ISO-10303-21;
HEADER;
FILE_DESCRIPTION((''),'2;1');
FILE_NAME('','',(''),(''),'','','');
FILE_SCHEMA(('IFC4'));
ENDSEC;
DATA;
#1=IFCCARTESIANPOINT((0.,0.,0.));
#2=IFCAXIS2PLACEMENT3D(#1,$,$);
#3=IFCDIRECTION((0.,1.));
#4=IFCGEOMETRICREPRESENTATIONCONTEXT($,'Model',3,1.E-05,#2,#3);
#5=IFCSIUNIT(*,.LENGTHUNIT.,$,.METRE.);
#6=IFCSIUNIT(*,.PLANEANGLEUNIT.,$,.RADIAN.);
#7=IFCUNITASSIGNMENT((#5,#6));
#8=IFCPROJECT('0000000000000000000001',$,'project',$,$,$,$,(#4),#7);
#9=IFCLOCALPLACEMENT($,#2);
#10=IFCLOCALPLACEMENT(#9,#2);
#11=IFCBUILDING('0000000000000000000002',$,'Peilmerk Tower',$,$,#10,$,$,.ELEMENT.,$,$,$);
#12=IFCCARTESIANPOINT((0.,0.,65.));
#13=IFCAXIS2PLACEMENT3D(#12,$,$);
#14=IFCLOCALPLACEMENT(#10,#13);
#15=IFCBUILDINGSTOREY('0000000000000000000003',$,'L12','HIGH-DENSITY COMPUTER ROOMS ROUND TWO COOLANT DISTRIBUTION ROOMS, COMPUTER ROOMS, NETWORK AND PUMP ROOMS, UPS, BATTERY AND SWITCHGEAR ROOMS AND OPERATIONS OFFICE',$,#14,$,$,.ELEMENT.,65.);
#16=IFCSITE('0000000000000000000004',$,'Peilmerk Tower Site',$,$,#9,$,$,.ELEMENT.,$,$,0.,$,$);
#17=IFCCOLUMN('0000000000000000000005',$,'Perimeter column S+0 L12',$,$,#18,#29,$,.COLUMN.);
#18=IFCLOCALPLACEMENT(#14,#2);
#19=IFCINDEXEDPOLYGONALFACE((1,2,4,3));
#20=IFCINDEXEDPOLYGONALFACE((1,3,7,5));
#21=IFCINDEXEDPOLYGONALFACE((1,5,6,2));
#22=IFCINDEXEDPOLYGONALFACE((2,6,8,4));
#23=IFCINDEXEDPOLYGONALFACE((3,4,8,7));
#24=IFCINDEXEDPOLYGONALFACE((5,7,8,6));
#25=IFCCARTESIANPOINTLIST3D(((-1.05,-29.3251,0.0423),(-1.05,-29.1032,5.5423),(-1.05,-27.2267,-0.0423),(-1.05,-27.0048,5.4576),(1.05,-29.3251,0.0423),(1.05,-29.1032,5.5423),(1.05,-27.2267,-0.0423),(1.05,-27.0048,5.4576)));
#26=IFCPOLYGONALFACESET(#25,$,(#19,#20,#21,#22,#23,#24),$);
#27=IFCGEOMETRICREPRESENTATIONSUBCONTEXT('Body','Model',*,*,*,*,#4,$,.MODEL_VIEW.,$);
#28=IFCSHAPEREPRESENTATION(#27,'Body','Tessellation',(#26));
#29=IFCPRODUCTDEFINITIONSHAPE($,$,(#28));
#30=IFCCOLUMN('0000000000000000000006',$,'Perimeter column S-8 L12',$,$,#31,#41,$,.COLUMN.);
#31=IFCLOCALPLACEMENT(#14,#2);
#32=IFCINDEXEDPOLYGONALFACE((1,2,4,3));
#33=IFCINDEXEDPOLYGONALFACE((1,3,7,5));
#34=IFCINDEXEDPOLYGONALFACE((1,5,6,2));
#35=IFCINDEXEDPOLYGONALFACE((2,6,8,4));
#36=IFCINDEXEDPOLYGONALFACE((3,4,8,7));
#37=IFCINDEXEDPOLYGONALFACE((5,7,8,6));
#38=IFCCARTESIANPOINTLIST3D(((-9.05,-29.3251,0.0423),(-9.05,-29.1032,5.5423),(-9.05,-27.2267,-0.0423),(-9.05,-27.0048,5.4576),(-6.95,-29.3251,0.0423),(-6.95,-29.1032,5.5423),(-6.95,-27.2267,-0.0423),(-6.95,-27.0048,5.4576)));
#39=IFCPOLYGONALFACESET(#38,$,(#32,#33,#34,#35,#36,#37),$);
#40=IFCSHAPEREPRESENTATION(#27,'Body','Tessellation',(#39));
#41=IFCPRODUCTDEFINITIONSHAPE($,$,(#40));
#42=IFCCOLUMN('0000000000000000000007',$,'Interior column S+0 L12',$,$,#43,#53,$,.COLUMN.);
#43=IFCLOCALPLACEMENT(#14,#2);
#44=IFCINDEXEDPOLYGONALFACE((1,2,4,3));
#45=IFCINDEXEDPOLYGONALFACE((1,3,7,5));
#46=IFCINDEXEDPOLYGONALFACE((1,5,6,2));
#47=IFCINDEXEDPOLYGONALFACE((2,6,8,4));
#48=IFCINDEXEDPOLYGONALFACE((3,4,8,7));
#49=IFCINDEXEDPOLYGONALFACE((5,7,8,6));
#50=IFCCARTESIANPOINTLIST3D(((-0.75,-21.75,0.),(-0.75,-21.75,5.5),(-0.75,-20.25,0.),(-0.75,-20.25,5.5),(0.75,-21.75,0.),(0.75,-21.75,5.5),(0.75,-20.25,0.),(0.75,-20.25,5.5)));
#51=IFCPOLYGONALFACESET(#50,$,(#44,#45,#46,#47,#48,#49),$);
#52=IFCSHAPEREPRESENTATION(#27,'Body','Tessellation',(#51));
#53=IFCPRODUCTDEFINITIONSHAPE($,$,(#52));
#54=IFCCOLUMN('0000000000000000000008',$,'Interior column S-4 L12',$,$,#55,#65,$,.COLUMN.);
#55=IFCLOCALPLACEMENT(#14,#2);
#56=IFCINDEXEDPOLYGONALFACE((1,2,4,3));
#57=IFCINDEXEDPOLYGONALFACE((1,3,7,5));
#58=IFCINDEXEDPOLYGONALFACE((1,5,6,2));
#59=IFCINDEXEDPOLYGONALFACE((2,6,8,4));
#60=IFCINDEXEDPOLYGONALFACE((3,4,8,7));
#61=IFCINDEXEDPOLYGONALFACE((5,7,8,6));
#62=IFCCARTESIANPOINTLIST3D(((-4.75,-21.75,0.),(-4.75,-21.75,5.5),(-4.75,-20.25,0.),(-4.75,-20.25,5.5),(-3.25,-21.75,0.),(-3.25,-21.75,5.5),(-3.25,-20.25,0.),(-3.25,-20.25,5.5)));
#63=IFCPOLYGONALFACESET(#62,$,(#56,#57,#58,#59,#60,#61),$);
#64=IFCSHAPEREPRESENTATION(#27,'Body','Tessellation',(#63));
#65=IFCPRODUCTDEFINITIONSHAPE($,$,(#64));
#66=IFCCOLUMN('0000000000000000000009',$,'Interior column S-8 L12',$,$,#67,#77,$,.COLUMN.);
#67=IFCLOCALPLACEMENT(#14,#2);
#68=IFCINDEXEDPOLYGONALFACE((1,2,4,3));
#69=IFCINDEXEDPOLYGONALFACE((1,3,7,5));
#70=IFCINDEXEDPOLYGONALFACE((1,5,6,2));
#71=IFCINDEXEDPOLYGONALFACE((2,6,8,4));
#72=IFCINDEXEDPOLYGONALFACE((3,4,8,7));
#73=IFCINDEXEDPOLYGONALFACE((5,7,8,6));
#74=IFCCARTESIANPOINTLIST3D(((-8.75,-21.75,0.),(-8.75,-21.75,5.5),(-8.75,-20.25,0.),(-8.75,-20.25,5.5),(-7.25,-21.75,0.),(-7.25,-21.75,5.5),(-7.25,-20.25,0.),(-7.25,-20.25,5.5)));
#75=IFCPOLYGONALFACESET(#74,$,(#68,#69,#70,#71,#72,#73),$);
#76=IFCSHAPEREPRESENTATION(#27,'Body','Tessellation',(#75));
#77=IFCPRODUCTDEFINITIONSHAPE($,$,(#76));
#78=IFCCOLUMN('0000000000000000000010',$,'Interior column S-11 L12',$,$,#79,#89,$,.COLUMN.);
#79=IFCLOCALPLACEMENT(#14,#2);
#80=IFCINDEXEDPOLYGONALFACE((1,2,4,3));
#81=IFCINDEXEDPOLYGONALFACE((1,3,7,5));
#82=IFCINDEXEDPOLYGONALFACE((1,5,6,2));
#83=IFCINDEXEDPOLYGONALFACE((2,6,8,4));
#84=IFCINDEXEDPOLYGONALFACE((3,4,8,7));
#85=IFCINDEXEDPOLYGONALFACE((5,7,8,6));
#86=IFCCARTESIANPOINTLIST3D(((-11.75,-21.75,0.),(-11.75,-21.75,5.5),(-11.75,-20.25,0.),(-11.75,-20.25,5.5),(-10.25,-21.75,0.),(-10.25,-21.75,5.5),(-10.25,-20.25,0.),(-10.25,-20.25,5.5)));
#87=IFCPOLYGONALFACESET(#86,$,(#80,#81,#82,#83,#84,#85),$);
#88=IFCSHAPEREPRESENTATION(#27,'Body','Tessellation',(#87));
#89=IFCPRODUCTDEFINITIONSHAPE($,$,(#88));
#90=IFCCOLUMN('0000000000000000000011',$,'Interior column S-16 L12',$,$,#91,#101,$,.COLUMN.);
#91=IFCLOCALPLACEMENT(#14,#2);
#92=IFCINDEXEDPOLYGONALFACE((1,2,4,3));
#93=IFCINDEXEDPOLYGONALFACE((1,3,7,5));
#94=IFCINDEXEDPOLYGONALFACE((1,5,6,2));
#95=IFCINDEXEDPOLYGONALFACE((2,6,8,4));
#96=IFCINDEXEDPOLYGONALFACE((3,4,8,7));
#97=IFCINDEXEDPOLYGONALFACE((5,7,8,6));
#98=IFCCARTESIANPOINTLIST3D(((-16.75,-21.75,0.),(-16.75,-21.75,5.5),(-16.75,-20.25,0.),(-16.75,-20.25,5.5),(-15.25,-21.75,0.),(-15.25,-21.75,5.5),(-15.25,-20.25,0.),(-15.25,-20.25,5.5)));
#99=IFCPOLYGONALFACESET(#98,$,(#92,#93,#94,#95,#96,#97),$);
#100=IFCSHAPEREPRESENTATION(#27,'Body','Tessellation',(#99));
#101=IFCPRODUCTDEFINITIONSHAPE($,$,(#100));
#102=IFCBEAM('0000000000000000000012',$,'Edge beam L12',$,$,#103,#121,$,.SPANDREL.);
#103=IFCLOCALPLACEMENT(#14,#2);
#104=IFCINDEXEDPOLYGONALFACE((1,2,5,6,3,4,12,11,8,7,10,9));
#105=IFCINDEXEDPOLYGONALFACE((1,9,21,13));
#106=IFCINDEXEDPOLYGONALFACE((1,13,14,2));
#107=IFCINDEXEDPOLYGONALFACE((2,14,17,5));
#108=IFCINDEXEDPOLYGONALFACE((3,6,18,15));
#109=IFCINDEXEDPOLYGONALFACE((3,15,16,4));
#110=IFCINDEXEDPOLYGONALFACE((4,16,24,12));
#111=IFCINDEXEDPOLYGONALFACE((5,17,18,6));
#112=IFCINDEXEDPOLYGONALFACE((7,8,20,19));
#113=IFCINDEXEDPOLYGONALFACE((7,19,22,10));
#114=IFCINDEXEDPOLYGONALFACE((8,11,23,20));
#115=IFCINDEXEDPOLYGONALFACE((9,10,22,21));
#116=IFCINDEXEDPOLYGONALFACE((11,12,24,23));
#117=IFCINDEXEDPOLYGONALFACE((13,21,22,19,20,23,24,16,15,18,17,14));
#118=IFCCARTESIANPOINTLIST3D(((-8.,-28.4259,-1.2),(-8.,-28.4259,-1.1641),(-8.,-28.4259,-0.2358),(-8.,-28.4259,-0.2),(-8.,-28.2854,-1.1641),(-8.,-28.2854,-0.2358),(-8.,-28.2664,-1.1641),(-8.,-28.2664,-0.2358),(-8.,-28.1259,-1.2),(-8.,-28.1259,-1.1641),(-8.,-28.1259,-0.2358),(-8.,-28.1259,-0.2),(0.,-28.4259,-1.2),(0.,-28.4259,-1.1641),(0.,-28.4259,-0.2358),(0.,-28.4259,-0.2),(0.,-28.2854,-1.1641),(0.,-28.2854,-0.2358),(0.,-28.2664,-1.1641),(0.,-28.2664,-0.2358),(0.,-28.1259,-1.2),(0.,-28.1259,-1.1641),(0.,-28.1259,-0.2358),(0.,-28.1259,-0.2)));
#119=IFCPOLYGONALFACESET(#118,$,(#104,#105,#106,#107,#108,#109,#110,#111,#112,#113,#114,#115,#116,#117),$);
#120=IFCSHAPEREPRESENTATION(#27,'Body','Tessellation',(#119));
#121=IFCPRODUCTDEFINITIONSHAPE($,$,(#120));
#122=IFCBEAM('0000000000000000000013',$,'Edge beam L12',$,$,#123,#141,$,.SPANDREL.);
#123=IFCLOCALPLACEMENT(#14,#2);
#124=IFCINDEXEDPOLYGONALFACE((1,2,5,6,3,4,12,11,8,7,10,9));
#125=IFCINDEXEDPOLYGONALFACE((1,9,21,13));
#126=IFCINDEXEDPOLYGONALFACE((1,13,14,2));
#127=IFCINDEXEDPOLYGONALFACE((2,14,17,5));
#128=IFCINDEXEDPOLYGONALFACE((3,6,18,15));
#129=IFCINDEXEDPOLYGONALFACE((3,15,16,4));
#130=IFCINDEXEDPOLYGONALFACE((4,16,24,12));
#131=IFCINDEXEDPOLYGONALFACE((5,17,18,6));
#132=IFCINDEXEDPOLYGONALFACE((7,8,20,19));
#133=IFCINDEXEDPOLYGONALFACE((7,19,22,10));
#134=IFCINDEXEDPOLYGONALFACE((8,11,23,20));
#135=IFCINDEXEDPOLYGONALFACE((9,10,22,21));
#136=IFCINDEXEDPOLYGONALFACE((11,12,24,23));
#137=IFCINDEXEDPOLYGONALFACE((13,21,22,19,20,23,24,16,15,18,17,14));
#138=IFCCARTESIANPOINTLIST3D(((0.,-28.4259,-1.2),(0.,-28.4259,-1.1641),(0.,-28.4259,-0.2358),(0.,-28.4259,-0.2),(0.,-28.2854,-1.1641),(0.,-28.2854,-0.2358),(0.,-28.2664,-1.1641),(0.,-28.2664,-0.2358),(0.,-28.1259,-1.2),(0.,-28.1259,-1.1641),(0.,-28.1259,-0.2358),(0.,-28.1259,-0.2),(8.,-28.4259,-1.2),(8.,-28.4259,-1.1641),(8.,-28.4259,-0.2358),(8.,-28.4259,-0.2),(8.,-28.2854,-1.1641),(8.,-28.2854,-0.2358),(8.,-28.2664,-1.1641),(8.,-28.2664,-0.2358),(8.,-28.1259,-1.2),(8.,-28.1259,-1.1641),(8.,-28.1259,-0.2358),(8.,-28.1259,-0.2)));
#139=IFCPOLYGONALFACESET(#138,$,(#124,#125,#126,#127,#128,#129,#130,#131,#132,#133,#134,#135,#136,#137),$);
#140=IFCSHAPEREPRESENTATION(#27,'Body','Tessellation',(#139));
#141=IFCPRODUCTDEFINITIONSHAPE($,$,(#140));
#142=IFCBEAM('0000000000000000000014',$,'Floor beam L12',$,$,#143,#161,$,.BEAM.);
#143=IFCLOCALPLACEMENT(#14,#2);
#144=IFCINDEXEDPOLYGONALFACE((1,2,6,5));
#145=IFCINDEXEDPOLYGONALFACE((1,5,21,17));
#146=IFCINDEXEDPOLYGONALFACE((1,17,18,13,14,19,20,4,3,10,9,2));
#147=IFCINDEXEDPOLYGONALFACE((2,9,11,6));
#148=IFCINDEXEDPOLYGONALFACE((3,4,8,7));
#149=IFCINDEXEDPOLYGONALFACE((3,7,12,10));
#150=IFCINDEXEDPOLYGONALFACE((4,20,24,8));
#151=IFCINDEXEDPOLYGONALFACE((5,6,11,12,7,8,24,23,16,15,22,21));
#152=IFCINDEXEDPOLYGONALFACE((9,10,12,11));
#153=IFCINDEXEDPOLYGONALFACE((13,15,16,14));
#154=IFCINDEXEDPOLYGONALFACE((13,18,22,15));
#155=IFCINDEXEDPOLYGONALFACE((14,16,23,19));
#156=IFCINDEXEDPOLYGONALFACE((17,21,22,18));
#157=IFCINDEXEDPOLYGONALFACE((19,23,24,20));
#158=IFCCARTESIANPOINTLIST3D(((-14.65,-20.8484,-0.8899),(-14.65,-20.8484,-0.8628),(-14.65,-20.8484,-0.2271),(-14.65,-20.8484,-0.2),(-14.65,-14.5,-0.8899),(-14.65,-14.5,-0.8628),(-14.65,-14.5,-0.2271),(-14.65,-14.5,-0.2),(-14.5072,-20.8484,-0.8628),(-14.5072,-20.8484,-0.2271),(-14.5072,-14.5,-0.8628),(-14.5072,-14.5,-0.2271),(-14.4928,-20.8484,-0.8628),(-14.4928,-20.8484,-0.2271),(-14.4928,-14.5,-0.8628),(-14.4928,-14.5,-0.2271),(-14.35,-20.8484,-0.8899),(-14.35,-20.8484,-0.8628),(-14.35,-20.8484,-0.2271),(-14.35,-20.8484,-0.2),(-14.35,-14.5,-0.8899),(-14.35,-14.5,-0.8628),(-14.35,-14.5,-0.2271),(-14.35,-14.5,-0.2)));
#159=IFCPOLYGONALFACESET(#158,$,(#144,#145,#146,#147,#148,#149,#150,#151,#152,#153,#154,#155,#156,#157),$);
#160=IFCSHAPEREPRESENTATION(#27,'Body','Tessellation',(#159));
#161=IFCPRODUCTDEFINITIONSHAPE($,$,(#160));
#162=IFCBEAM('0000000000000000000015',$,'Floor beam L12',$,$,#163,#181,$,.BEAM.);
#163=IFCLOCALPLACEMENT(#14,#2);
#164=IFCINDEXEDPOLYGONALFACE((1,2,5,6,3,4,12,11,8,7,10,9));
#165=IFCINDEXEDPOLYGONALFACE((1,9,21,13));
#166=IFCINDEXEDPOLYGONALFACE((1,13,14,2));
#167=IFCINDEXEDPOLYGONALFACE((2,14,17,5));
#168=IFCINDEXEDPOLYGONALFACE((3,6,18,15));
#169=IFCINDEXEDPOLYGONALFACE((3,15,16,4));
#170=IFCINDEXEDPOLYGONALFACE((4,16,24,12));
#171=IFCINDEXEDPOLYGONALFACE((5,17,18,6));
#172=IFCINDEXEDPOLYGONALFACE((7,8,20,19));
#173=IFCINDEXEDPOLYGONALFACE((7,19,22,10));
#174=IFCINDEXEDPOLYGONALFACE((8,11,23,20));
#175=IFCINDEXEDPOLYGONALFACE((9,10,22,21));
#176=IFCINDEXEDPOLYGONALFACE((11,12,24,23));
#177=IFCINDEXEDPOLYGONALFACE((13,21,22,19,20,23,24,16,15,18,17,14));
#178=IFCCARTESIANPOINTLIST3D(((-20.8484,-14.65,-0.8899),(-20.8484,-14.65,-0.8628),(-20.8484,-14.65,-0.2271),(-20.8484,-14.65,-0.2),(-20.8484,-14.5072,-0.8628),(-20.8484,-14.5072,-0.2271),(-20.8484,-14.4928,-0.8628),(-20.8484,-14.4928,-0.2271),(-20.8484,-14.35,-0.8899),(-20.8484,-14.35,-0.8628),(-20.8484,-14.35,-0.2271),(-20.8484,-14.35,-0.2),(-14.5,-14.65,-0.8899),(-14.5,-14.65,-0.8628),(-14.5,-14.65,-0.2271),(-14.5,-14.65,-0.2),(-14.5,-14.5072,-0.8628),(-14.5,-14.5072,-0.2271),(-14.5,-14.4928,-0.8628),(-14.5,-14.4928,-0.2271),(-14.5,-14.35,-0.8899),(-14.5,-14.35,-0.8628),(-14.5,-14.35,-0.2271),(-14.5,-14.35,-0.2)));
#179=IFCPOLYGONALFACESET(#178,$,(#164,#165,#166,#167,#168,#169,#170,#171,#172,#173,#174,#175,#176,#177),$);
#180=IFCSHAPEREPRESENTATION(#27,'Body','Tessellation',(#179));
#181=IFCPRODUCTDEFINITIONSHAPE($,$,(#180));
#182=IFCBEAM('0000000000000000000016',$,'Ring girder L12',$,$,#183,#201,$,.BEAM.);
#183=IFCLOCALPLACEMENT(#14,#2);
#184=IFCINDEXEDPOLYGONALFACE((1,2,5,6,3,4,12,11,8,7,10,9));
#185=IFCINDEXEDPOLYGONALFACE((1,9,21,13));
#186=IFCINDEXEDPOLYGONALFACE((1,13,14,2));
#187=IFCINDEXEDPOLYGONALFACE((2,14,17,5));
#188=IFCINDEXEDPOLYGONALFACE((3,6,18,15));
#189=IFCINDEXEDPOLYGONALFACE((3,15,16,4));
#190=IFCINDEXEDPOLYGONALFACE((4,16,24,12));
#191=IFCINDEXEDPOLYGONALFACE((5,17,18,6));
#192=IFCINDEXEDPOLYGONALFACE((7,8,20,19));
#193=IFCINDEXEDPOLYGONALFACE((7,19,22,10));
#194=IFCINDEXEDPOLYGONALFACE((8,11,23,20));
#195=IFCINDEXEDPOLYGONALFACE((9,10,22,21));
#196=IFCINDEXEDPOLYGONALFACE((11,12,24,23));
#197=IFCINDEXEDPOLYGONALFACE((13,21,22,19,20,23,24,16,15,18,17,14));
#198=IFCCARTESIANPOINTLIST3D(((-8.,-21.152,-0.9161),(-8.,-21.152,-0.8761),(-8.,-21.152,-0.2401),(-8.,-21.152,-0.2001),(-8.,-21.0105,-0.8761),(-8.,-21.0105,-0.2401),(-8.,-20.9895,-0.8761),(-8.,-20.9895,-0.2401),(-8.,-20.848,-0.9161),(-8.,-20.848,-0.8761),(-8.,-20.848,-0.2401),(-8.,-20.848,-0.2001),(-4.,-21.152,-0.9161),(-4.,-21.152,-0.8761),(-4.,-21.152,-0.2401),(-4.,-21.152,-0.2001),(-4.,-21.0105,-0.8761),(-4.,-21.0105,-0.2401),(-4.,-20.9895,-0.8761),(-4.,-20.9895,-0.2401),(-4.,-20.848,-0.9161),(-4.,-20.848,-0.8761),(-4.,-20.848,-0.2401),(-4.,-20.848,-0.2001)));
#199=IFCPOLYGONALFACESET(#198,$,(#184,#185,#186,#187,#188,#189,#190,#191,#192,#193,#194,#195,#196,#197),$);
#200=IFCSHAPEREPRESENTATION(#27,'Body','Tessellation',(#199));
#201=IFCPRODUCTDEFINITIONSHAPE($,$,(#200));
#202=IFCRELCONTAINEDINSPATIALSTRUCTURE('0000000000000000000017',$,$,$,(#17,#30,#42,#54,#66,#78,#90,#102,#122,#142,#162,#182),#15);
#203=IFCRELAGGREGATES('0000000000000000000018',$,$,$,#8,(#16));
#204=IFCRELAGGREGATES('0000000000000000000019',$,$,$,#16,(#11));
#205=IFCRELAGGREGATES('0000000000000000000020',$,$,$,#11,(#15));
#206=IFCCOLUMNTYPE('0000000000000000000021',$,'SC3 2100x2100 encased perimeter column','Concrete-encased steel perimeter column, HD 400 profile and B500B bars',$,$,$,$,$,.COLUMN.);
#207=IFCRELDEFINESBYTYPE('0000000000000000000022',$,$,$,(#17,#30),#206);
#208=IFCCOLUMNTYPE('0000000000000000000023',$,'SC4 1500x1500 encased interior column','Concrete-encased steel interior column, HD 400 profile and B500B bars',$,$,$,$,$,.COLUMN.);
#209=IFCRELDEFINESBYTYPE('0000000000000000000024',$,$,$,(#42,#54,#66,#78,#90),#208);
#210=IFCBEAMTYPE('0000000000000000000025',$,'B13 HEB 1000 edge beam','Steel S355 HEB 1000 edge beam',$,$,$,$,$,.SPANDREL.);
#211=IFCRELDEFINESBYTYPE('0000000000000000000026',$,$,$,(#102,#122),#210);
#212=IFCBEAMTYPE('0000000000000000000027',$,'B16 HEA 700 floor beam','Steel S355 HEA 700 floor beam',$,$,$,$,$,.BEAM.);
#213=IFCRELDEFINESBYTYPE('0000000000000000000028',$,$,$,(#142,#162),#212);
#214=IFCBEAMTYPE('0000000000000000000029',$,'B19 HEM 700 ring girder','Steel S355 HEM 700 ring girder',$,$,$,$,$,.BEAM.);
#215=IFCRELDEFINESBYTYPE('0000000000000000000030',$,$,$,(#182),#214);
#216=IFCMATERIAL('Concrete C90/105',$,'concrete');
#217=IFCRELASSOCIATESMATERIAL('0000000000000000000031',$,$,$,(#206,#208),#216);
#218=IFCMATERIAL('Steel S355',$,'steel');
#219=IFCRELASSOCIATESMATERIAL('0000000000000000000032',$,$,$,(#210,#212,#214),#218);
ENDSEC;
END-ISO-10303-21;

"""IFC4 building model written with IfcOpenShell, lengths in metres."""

from ifc_helpers import new_model, si_unit, direction, frame, origin, origin_2d, place, context, subcontext, project, spatial, rectangle, i_section, extrude, material, material_profile, profile_set, type_object, element, save


model = new_model("IFC4")

# Units and contexts
model_context = context("Model", 3, precision=1e-05, world=origin(), true_north=direction((0.0, 1.0)))
body_context = subcontext(model_context, "Body", "Model", "MODEL_VIEW")
ifc_project = project(units=[si_unit("LENGTHUNIT", "METRE"), si_unit("PLANEANGLEUNIT", "RADIAN")], contexts=[model_context])

# Site, building, storey
site_placement = place(None, origin())
site = spatial("IfcSite", under=ifc_project, at=site_placement, Name="Peilmerk Tower Site", CompositionType="ELEMENT", RefElevation=0.0)
building_placement = place(site_placement, origin())
building = spatial("IfcBuilding", under=site, at=building_placement, Name="Peilmerk Tower", CompositionType="ELEMENT")
storey_placement = place(building_placement, frame((0.0, 0.0, 65.0)))
storey = spatial("IfcBuildingStorey", under=building, at=storey_placement, Name="L12", Description="HIGH-DENSITY COMPUTER ROOMS ROUND TWO COOLANT DISTRIBUTION ROOMS, COMPUTER ROOMS, NETWORK AND PUMP ROOMS, UPS, BATTERY AND SWITCHGEAR ROOMS AND OPERATIONS OFFICE", CompositionType="ELEMENT", Elevation=65.0)

# Columns
ifc_material_1 = material(Name="Concrete C90/105", Category="concrete")
ifc_material_profile_1 = material_profile(ifc_material_1, rectangle(XDim=2.1001, YDim=2.1001, at=origin_2d()), Name="RC 2100x2100")
ifc_profile_set_1 = profile_set([ifc_material_profile_1], Name="Concrete C90/105")
column_type_1 = type_object("IfcColumnType", Name="SC3 2100x2100 encased perimeter column", Description="Concrete-encased steel perimeter column, HD 400 profile and B500B bars", PredefinedType="COLUMN", material=ifc_profile_set_1)
for number, where, z_axis, x_axis, name in (
    (1, (0.0, -28.2759, 0.0), (0.0, 0.040317, 0.999187), (-1.0, 0.0, 0.0), "Perimeter column S+0 L12"),
    (2, (-8.0, -28.2759, 0.0), (0.0, 0.040317, 0.999187), (-1.0, 0.0, 0.0), "Perimeter column S-8 L12"),
):
    element("IfcColumn", number, at=place(storey_placement, frame(where, z_axis=z_axis, x_axis=x_axis)), inside=storey, type_object=column_type_1, Name=name, PredefinedType="COLUMN", context=body_context, shape_type="SweptSolid", body=[
        extrude(rectangle(XDim=2.1001, YDim=2.1001, at=origin_2d()), origin(), (0.0, 0.0, 1.0), 5.5044),
    ])
ifc_material_profile_2 = material_profile(ifc_material_1, rectangle(XDim=1.5, YDim=1.5, at=origin_2d()), Name="RC 1500x1500")
ifc_profile_set_2 = profile_set([ifc_material_profile_2], Name="Concrete C90/105")
column_type_2 = type_object("IfcColumnType", Name="SC4 1500x1500 encased interior column", Description="Concrete-encased steel interior column, HD 400 profile and B500B bars", PredefinedType="COLUMN", material=ifc_profile_set_2)
for number, where, z_axis, x_axis, name in (
    (3, (0.0, -21.0, 0.0), (0.0, 0.0, 1.0), (1.0, 0.0, 0.0), "Interior column S+0 L12"),
    (4, (-4.0, -21.0, 0.0), (0.0, 0.0, 1.0), (1.0, 0.0, 0.0), "Interior column S-4 L12"),
    (5, (-8.0, -21.0, 0.0), (0.0, 0.0, 1.0), (1.0, 0.0, 0.0), "Interior column S-8 L12"),
    (6, (-11.0, -21.0, 0.0), (0.0, 0.0, 1.0), (1.0, 0.0, 0.0), "Interior column S-11 L12"),
    (7, (-16.0, -21.0, 0.0), (0.0, 0.0, 1.0), (1.0, 0.0, 0.0), "Interior column S-16 L12"),
):
    element("IfcColumn", number, at=place(storey_placement, frame(where, z_axis=z_axis, x_axis=x_axis)), inside=storey, type_object=column_type_2, Name=name, PredefinedType="COLUMN", context=body_context, shape_type="SweptSolid", body=[
        extrude(rectangle(XDim=1.5, YDim=1.5, at=origin_2d()), origin(), (0.0, 0.0, 1.0), 5.5),
    ])

# Beams
ifc_material_2 = material(Name="Steel S355", Category="steel")
ifc_material_profile_3 = material_profile(ifc_material_2, i_section(OverallWidth=0.3, OverallDepth=1.0, WebThickness=0.019, FlangeThickness=0.0359, at=origin_2d()), Name="HEB 1000")
ifc_profile_set_3 = profile_set([ifc_material_profile_3], Name="Steel S355")
beam_type_1 = type_object("IfcBeamType", Name="B13 HEB 1000 edge beam", Description="Steel S355 HEB 1000 edge beam", PredefinedType="SPANDREL", material=ifc_profile_set_3)
for number, where, z_axis, x_axis, name in (
    (8, (-8.0, -28.2759, -0.7), (1.0, 0.0, 0.0), (0.0, 1.0, 0.0), "Edge beam L12"),
    (9, (0.0, -28.2759, -0.7), (1.0, 0.0, 0.0), (0.0, 1.0, 0.0), "Edge beam L12"),
):
    element("IfcBeam", number, at=place(storey_placement, frame(where, z_axis=z_axis, x_axis=x_axis)), inside=storey, type_object=beam_type_1, Name=name, PredefinedType="SPANDREL", context=body_context, shape_type="SweptSolid", body=[
        extrude(i_section(OverallWidth=0.3, OverallDepth=1.0, WebThickness=0.019, FlangeThickness=0.0359, at=origin_2d()), origin(), (0.0, 0.0, 1.0), 8.0),
    ])
ifc_material_profile_4 = material_profile(ifc_material_2, i_section(OverallWidth=0.3, OverallDepth=0.6899, WebThickness=0.0144, FlangeThickness=0.0271, at=origin_2d()), Name="HEA 700")
ifc_profile_set_4 = profile_set([ifc_material_profile_4], Name="Steel S355")
beam_type_2 = type_object("IfcBeamType", Name="B16 HEA 700 floor beam", Description="Steel S355 HEA 700 floor beam", PredefinedType="BEAM", material=ifc_profile_set_4)
for number, where, z_axis, x_axis, name in (
    (10, (-14.5, -14.5, -0.5449), (0.0, -1.0, 0.0), (1.0, 0.0, 0.0), "Floor beam L12"),
    (11, (-14.5, -14.5, -0.5449), (-1.0, 0.0, 0.0), (0.0, -1.0, 0.0), "Floor beam L12"),
):
    element("IfcBeam", number, at=place(storey_placement, frame(where, z_axis=z_axis, x_axis=x_axis)), inside=storey, type_object=beam_type_2, Name=name, PredefinedType="BEAM", context=body_context, shape_type="SweptSolid", body=[
        extrude(i_section(OverallWidth=0.3, OverallDepth=0.6899, WebThickness=0.0144, FlangeThickness=0.0271, at=origin_2d()), origin(), (0.0, 0.0, 1.0), 6.3484),
    ])
ifc_material_profile_5 = material_profile(ifc_material_2, i_section(OverallWidth=0.304, OverallDepth=0.7161, WebThickness=0.021, FlangeThickness=0.04, at=origin_2d()), Name="HEM 700")
ifc_profile_set_5 = profile_set([ifc_material_profile_5], Name="Steel S355")
beam_type_3 = type_object("IfcBeamType", Name="B19 HEM 700 ring girder", Description="Steel S355 HEM 700 ring girder", PredefinedType="BEAM", material=ifc_profile_set_5)
for number, where, z_axis, x_axis, name in (
    (12, (-8.0, -21.0, -0.5581), (1.0, 0.0, 0.0), (0.0, 1.0, 0.0), "Ring girder L12"),
):
    element("IfcBeam", number, at=place(storey_placement, frame(where, z_axis=z_axis, x_axis=x_axis)), inside=storey, type_object=beam_type_3, Name=name, PredefinedType="BEAM", context=body_context, shape_type="SweptSolid", body=[
        extrude(i_section(OverallWidth=0.304, OverallDepth=0.7161, WebThickness=0.021, FlangeThickness=0.04, at=origin_2d()), origin(), (0.0, 0.0, 1.0), 4.0),
    ])

save(model, "model.ifc")
